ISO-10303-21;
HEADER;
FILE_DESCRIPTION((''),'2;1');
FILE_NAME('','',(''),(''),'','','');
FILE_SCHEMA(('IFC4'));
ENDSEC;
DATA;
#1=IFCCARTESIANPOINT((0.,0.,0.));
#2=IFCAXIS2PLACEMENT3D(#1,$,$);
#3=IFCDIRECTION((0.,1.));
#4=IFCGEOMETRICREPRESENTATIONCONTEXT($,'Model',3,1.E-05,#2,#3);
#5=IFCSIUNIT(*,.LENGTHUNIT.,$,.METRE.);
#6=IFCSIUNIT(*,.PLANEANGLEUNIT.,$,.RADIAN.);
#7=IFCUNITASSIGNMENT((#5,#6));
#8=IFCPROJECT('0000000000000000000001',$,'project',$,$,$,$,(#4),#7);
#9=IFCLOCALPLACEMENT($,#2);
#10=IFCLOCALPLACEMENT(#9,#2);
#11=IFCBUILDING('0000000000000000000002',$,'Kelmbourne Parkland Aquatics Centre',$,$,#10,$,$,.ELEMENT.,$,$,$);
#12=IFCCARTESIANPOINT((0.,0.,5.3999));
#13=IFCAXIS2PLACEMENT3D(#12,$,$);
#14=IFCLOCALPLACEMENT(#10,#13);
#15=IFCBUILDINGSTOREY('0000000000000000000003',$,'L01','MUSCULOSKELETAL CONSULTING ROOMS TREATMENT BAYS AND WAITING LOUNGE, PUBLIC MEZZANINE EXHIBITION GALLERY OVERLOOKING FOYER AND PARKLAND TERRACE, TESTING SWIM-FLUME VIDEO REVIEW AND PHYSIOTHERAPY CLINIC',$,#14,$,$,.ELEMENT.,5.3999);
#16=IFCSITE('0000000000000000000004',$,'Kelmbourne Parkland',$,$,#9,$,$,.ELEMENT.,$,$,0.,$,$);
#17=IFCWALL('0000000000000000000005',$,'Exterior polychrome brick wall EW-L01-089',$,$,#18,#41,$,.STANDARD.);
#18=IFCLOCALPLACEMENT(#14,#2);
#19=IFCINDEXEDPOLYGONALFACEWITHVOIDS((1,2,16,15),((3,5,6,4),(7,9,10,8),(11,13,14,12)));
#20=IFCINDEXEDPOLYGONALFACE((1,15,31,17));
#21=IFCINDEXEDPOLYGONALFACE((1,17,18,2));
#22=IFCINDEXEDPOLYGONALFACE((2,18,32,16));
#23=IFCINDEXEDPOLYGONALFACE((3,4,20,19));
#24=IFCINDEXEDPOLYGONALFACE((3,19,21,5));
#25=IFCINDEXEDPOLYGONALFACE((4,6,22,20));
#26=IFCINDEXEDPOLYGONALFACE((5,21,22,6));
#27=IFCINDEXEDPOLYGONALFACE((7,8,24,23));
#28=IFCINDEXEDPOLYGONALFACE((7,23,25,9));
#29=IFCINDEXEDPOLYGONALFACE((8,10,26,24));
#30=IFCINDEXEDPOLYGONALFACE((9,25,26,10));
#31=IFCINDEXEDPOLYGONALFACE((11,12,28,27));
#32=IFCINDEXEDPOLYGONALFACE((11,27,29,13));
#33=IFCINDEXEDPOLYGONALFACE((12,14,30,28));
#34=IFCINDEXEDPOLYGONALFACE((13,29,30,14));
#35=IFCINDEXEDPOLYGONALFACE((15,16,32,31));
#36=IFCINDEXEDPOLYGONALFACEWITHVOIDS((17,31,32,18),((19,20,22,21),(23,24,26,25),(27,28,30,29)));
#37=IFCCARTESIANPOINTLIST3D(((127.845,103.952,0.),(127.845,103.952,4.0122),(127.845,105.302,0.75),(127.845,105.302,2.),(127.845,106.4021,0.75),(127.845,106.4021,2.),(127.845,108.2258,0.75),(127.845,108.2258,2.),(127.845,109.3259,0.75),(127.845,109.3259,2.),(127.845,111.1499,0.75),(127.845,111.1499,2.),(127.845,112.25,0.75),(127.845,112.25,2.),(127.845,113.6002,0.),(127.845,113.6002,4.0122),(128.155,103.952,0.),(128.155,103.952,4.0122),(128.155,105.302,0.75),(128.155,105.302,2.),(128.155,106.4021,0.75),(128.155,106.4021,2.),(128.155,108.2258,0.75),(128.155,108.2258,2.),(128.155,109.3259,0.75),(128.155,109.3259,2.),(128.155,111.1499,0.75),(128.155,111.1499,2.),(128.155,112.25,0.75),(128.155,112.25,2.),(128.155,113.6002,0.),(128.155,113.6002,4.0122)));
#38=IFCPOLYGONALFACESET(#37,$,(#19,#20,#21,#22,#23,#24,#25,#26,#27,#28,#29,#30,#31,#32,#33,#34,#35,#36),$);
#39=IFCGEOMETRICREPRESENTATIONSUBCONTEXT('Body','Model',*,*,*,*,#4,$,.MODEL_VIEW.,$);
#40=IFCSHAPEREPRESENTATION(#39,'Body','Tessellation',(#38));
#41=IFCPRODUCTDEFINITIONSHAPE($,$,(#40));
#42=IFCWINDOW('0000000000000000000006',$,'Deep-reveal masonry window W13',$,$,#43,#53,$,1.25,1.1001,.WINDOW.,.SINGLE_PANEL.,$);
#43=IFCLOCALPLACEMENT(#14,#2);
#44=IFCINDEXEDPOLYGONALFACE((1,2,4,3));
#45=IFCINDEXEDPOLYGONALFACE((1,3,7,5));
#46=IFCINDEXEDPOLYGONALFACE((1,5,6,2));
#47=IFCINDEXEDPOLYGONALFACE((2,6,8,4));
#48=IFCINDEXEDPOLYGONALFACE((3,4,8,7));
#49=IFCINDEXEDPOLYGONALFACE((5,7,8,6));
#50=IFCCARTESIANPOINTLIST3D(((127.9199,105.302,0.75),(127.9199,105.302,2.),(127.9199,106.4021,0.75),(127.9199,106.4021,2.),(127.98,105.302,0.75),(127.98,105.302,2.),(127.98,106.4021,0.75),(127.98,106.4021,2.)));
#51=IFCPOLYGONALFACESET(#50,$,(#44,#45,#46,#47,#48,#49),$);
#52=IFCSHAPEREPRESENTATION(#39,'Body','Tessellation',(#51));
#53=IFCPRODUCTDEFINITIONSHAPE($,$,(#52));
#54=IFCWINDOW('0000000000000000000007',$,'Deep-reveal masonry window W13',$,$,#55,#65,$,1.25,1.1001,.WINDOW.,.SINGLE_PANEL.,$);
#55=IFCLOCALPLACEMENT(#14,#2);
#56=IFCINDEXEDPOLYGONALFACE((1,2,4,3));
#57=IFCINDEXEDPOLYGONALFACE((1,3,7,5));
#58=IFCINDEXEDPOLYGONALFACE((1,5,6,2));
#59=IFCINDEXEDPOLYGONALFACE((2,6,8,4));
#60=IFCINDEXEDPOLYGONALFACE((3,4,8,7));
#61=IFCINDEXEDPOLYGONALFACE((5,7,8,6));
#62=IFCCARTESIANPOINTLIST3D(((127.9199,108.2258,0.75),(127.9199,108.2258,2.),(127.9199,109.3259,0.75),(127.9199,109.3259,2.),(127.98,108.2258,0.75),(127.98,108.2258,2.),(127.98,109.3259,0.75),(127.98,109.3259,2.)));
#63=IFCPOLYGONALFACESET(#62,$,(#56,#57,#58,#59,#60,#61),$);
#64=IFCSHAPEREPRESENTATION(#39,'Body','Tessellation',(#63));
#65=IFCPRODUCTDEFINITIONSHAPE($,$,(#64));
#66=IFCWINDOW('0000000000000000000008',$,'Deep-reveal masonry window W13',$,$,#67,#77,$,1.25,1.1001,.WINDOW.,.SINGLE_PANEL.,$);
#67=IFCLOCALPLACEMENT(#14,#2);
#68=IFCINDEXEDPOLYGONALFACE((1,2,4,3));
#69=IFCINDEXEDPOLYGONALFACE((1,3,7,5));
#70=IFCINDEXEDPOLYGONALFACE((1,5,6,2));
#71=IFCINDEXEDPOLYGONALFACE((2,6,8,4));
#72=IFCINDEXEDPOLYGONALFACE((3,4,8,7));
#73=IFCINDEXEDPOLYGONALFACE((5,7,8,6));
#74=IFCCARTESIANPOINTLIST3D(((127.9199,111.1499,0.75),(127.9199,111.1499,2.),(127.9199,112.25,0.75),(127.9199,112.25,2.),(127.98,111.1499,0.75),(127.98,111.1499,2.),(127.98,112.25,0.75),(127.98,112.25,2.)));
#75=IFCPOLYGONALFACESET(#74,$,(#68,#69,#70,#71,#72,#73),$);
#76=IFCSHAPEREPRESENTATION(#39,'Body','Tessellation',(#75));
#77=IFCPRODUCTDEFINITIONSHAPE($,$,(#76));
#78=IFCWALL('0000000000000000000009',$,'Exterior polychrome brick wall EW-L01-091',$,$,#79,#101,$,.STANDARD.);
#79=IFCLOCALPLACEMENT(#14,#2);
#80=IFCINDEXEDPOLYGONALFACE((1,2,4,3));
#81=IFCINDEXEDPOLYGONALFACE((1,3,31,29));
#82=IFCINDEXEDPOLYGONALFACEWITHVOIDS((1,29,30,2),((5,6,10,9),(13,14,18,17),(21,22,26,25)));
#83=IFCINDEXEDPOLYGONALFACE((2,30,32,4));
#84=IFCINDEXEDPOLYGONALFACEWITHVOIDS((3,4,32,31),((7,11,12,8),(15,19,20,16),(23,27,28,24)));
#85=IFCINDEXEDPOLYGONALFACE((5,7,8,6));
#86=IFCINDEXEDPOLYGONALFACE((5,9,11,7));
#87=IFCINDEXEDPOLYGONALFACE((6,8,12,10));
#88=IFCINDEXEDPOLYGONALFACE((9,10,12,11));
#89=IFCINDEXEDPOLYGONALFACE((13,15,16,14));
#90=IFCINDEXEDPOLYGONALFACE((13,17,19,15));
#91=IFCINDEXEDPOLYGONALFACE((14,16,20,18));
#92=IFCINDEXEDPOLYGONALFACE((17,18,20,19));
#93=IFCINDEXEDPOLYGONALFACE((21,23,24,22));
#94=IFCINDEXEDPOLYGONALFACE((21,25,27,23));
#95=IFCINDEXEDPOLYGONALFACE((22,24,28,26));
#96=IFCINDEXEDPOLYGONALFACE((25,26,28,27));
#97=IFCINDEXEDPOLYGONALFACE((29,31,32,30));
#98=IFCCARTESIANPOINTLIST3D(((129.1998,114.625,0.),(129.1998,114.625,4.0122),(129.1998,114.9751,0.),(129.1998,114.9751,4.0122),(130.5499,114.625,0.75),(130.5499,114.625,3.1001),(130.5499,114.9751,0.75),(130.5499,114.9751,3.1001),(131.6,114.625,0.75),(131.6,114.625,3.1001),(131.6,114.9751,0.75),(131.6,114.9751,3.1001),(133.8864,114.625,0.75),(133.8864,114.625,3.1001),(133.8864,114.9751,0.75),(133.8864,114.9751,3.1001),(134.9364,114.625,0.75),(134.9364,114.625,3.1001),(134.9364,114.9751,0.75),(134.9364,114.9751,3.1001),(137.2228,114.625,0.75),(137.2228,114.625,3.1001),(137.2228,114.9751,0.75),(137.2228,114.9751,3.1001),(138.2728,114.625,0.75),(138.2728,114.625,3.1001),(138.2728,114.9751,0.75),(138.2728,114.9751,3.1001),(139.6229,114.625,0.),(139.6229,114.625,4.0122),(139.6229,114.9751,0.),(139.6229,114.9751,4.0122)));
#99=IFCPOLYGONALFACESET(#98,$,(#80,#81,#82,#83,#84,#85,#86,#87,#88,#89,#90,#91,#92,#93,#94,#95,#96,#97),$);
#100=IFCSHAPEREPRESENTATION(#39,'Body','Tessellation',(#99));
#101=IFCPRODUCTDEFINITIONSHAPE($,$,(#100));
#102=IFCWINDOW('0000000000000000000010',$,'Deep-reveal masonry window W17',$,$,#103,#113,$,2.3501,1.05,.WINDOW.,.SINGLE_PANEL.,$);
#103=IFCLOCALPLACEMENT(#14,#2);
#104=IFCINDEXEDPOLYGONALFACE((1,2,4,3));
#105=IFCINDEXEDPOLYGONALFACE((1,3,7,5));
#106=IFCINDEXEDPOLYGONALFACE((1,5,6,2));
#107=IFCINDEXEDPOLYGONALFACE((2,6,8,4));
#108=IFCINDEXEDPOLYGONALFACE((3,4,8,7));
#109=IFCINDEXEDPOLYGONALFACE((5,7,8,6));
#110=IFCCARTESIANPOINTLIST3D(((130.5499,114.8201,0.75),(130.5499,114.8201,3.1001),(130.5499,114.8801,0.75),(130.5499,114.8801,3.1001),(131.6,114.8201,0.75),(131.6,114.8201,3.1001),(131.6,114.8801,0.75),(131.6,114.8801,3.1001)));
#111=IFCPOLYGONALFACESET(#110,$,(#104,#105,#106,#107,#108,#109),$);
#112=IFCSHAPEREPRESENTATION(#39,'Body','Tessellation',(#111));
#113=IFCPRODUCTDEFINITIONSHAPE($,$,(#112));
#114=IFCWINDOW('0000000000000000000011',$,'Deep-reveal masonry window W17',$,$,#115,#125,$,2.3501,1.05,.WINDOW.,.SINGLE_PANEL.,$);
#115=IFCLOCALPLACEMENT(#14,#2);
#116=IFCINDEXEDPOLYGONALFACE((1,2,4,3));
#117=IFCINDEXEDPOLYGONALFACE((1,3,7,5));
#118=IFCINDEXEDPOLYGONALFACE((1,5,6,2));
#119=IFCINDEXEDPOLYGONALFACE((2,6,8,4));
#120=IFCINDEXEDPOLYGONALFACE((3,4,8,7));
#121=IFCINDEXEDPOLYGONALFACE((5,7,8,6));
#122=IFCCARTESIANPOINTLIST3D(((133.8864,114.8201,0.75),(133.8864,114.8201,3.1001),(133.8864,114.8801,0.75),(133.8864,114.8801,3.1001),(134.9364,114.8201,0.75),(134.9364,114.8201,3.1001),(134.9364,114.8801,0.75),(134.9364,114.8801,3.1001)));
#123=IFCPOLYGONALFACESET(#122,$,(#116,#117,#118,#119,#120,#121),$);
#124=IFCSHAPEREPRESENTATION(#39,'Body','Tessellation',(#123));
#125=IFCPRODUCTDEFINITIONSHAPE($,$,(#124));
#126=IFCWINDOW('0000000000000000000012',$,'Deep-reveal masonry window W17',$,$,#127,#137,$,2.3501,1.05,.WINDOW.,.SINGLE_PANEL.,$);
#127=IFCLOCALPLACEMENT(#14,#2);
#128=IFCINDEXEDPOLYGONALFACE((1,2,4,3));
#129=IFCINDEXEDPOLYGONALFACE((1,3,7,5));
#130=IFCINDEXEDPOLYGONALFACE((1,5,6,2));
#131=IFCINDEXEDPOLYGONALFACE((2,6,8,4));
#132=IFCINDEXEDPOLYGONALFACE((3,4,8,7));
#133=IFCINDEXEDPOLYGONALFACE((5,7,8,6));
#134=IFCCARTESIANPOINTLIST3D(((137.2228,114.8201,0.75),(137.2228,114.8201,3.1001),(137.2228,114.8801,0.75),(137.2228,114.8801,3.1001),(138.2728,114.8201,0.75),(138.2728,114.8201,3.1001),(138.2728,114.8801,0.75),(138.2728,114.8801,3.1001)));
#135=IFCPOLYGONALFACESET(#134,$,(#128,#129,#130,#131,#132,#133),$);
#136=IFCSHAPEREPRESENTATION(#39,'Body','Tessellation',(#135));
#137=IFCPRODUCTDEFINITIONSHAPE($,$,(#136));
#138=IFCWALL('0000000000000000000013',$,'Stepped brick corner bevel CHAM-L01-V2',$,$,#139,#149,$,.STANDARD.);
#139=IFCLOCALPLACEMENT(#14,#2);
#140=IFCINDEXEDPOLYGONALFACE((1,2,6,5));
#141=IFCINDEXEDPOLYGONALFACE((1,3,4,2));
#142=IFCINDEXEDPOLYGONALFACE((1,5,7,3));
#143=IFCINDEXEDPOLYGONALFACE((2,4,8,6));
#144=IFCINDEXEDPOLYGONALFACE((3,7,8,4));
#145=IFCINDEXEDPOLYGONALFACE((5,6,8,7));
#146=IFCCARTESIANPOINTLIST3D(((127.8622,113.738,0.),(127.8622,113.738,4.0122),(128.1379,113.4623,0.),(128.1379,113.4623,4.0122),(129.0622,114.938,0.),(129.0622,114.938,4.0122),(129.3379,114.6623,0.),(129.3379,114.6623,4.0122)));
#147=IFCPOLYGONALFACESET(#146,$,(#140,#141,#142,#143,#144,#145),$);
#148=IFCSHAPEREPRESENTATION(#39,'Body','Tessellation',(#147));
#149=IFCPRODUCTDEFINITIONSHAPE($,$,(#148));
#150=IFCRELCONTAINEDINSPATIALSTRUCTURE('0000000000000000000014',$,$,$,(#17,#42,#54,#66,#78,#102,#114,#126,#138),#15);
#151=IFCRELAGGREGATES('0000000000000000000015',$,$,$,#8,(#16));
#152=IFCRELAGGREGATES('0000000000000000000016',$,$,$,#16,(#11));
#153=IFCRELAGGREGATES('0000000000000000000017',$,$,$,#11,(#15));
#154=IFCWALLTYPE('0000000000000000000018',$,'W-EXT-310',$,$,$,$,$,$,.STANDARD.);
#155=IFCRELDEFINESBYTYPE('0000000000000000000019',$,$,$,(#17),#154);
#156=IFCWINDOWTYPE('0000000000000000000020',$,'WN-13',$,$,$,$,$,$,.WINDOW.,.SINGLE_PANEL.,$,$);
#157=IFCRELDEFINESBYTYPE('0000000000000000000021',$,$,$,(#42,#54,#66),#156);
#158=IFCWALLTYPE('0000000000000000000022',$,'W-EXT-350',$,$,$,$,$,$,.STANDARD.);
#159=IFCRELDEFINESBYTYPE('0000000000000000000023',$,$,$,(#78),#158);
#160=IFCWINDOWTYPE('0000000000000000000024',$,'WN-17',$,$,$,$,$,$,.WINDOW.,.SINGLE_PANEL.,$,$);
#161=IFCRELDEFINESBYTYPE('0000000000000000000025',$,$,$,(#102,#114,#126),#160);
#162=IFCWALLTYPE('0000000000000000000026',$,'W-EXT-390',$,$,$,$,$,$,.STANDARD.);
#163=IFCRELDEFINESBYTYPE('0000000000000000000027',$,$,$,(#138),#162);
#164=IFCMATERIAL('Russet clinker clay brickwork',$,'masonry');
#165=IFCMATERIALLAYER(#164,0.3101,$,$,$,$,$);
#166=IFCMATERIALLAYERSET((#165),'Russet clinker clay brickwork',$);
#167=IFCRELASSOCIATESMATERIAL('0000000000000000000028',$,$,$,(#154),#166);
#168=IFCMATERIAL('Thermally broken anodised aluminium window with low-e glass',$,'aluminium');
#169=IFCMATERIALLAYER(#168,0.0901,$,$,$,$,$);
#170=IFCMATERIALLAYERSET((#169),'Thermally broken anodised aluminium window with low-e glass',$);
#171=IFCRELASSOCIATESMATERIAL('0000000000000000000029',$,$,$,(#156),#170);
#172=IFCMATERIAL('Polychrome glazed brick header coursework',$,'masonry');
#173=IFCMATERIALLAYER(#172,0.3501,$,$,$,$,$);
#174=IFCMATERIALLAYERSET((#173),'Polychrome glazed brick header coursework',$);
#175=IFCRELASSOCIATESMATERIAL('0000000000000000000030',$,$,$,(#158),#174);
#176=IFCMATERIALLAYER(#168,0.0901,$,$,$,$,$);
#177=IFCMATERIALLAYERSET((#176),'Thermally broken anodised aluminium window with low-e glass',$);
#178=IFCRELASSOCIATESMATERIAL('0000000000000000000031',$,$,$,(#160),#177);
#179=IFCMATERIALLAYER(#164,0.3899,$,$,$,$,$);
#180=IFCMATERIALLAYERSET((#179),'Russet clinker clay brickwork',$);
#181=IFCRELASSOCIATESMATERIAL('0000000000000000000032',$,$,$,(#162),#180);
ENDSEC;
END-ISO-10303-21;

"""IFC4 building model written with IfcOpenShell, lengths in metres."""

from ifc_helpers import new_model, si_unit, direction, frame, frame_2d, origin, place, context, subcontext, project, spatial, rectangle, extrude, material, layer, layer_set, type_object, element, fill, save


model = new_model("IFC4")

# Units and contexts
model_context = context("Model", 3, precision=1e-05, world=origin(), true_north=direction((0.0, 1.0)))
body_context = subcontext(model_context, "Body", "Model", "MODEL_VIEW")
ifc_project = project(units=[si_unit("LENGTHUNIT", "METRE"), si_unit("PLANEANGLEUNIT", "RADIAN")], contexts=[model_context])

# Site, building, storey
site_placement = place(None, origin())
site = spatial("IfcSite", under=ifc_project, at=site_placement, Name="Kelmbourne Parkland", CompositionType="ELEMENT", RefElevation=0.0)
building_placement = place(site_placement, origin())
building = spatial("IfcBuilding", under=site, at=building_placement, Name="Kelmbourne Parkland Aquatics Centre", CompositionType="ELEMENT")
storey_placement = place(building_placement, frame((0.0, 0.0, 5.3999)))
storey = spatial("IfcBuildingStorey", under=building, at=storey_placement, Name="L01", Description="MUSCULOSKELETAL CONSULTING ROOMS TREATMENT BAYS AND WAITING LOUNGE, PUBLIC MEZZANINE EXHIBITION GALLERY OVERLOOKING FOYER AND PARKLAND TERRACE, TESTING SWIM-FLUME VIDEO REVIEW AND PHYSIOTHERAPY CLINIC", CompositionType="ELEMENT", Elevation=5.3999)

# Walls, openings, windows
ifc_material_1 = material(Name="Russet clinker clay brickwork", Category="masonry")
ifc_layer_1 = layer(ifc_material_1, 0.3101)
ifc_layer_set_1 = layer_set([ifc_layer_1], Name="Russet clinker clay brickwork")
wall_type_1 = type_object("IfcWallType", Name="W-EXT-310", PredefinedType="STANDARD", material=ifc_layer_set_1)
ifc_material_2 = material(Name="Thermally broken anodised aluminium window with low-e glass", Category="aluminium")
wall_1_placement = place(storey_placement, frame((128.0, 103.9519, 0.0), z_axis=(0.0, 0.0, 1.0), x_axis=(0.0, 1.0, 0.0)))
wall_1 = element("IfcWall", 1, at=wall_1_placement, inside=storey, type_object=wall_type_1, Name="Exterior polychrome brick wall EW-L01-089", PredefinedType="STANDARD", context=body_context, shape_type="SweptSolid", body=[
    extrude(rectangle(XDim=9.6482, YDim=0.3101, at=frame_2d((4.8242, 0.0))), origin(), (0.0, 0.0, 1.0), 4.0122),
])
opening_1_placement = place(wall_1_placement, frame((1.3501, 0.0, 0.75)))
opening_1 = element("IfcOpeningElement", 2, at=opening_1_placement, cuts=wall_1, PredefinedType="OPENING", context=body_context, shape_type="SweptSolid", body=[
    extrude(rectangle(XDim=1.1001, YDim=1.25, at=frame_2d((0.55, 0.625))), frame((0.0, 0.167, 0.0), z_axis=(0.0, -1.0, 0.0), x_axis=(1.0, 0.0, 0.0)), (0.0, 0.0, 1.0), 0.334),
])
opening_2_placement = place(wall_1_placement, frame((4.2739, 0.0, 0.75)))
opening_2 = element("IfcOpeningElement", 3, at=opening_2_placement, cuts=wall_1, PredefinedType="OPENING", context=body_context, shape_type="SweptSolid", body=[
    extrude(rectangle(XDim=1.1001, YDim=1.25, at=frame_2d((0.55, 0.625))), frame((0.0, 0.167, 0.0), z_axis=(0.0, -1.0, 0.0), x_axis=(1.0, 0.0, 0.0)), (0.0, 0.0, 1.0), 0.334),
])
opening_3_placement = place(wall_1_placement, frame((7.198, 0.0, 0.75)))
opening_3 = element("IfcOpeningElement", 4, at=opening_3_placement, cuts=wall_1, PredefinedType="OPENING", context=body_context, shape_type="SweptSolid", body=[
    extrude(rectangle(XDim=1.1001, YDim=1.25, at=frame_2d((0.55, 0.625))), frame((0.0, 0.167, 0.0), z_axis=(0.0, -1.0, 0.0), x_axis=(1.0, 0.0, 0.0)), (0.0, 0.0, 1.0), 0.334),
])
ifc_layer_2 = layer(ifc_material_2, 0.0901)
ifc_layer_set_2 = layer_set([ifc_layer_2], Name="Thermally broken anodised aluminium window with low-e glass")
window_type_1 = type_object("IfcWindowType", Name="WN-13", PartitioningType="SINGLE_PANEL", PredefinedType="WINDOW", material=ifc_layer_set_2)
window_1_placement = place(opening_1_placement, origin())
window_1 = element("IfcWindow", 5, at=window_1_placement, inside=storey, type_object=window_type_1, Name="Deep-reveal masonry window W13", OverallHeight=1.25, OverallWidth=1.1001, PartitioningType="SINGLE_PANEL", PredefinedType="WINDOW", context=body_context, shape_type="SweptSolid", body=[
    extrude(rectangle(XDim=1.1001, YDim=1.25, at=frame_2d((0.55, 0.625))), frame((0.0, 0.0801, 0.0), z_axis=(0.0, -1.0, 0.0), x_axis=(1.0, 0.0, 0.0)), (0.0, 0.0, 1.0), 0.0601),
])
fill(opening_1, window_1)
window_2_placement = place(opening_2_placement, origin())
window_2 = element("IfcWindow", 6, at=window_2_placement, inside=storey, type_object=window_type_1, Name="Deep-reveal masonry window W13", OverallHeight=1.25, OverallWidth=1.1001, PartitioningType="SINGLE_PANEL", PredefinedType="WINDOW", context=body_context, shape_type="SweptSolid", body=[
    extrude(rectangle(XDim=1.1001, YDim=1.25, at=frame_2d((0.55, 0.625))), frame((0.0, 0.0801, 0.0), z_axis=(0.0, -1.0, 0.0), x_axis=(1.0, 0.0, 0.0)), (0.0, 0.0, 1.0), 0.0601),
])
fill(opening_2, window_2)
window_3_placement = place(opening_3_placement, origin())
window_3 = element("IfcWindow", 7, at=window_3_placement, inside=storey, type_object=window_type_1, Name="Deep-reveal masonry window W13", OverallHeight=1.25, OverallWidth=1.1001, PartitioningType="SINGLE_PANEL", PredefinedType="WINDOW", context=body_context, shape_type="SweptSolid", body=[
    extrude(rectangle(XDim=1.1001, YDim=1.25, at=frame_2d((0.55, 0.625))), frame((0.0, 0.0801, 0.0), z_axis=(0.0, -1.0, 0.0), x_axis=(1.0, 0.0, 0.0)), (0.0, 0.0, 1.0), 0.0601),
])
fill(opening_3, window_3)
ifc_material_3 = material(Name="Polychrome glazed brick header coursework", Category="masonry")
ifc_layer_3 = layer(ifc_material_3, 0.3501)
ifc_layer_set_3 = layer_set([ifc_layer_3], Name="Polychrome glazed brick header coursework")
wall_type_2 = type_object("IfcWallType", Name="W-EXT-350", PredefinedType="STANDARD", material=ifc_layer_set_3)
wall_2_placement = place(storey_placement, frame((129.2, 114.8, 0.0), z_axis=(0.0, 0.0, 1.0), x_axis=(1.0, 0.0, 0.0)))
wall_2 = element("IfcWall", 8, at=wall_2_placement, inside=storey, type_object=wall_type_2, Name="Exterior polychrome brick wall EW-L01-091", PredefinedType="STANDARD", context=body_context, shape_type="SweptSolid", body=[
    extrude(rectangle(XDim=10.4231, YDim=0.3501, at=frame_2d((5.2114, 0.0))), origin(), (0.0, 0.0, 1.0), 4.0122),
])
opening_4_placement = place(wall_2_placement, frame((1.3501, 0.0, 0.75)))
opening_4 = element("IfcOpeningElement", 9, at=opening_4_placement, cuts=wall_2, PredefinedType="OPENING", context=body_context, shape_type="SweptSolid", body=[
    extrude(rectangle(XDim=1.05, YDim=2.3501, at=frame_2d((0.5249, 1.175))), frame((0.0, 0.187, 0.0), z_axis=(0.0, -1.0, 0.0), x_axis=(1.0, 0.0, 0.0)), (0.0, 0.0, 1.0), 0.374),
])
opening_5_placement = place(wall_2_placement, frame((4.6865, 0.0, 0.75)))
opening_5 = element("IfcOpeningElement", 10, at=opening_5_placement, cuts=wall_2, PredefinedType="OPENING", context=body_context, shape_type="SweptSolid", body=[
    extrude(rectangle(XDim=1.05, YDim=2.3501, at=frame_2d((0.5249, 1.175))), frame((0.0, 0.187, 0.0), z_axis=(0.0, -1.0, 0.0), x_axis=(1.0, 0.0, 0.0)), (0.0, 0.0, 1.0), 0.374),
])
opening_6_placement = place(wall_2_placement, frame((8.0229, 0.0, 0.75)))
opening_6 = element("IfcOpeningElement", 11, at=opening_6_placement, cuts=wall_2, PredefinedType="OPENING", context=body_context, shape_type="SweptSolid", body=[
    extrude(rectangle(XDim=1.05, YDim=2.3501, at=frame_2d((0.5249, 1.175))), frame((0.0, 0.187, 0.0), z_axis=(0.0, -1.0, 0.0), x_axis=(1.0, 0.0, 0.0)), (0.0, 0.0, 1.0), 0.374),
])
ifc_layer_4 = layer(ifc_material_2, 0.0901)
ifc_layer_set_4 = layer_set([ifc_layer_4], Name="Thermally broken anodised aluminium window with low-e glass")
window_type_2 = type_object("IfcWindowType", Name="WN-17", PartitioningType="SINGLE_PANEL", PredefinedType="WINDOW", material=ifc_layer_set_4)
window_4_placement = place(opening_4_placement, origin())
window_4 = element("IfcWindow", 12, at=window_4_placement, inside=storey, type_object=window_type_2, Name="Deep-reveal masonry window W17", OverallHeight=2.3501, OverallWidth=1.05, PartitioningType="SINGLE_PANEL", PredefinedType="WINDOW", context=body_context, shape_type="SweptSolid", body=[
    extrude(rectangle(XDim=1.05, YDim=2.3501, at=frame_2d((0.5249, 1.175))), frame((0.0, 0.0801, 0.0), z_axis=(0.0, -1.0, 0.0), x_axis=(1.0, 0.0, 0.0)), (0.0, 0.0, 1.0), 0.0601),
])
fill(opening_4, window_4)
window_5_placement = place(opening_5_placement, origin())
window_5 = element("IfcWindow", 13, at=window_5_placement, inside=storey, type_object=window_type_2, Name="Deep-reveal masonry window W17", OverallHeight=2.3501, OverallWidth=1.05, PartitioningType="SINGLE_PANEL", PredefinedType="WINDOW", context=body_context, shape_type="SweptSolid", body=[
    extrude(rectangle(XDim=1.05, YDim=2.3501, at=frame_2d((0.5249, 1.175))), frame((0.0, 0.0801, 0.0), z_axis=(0.0, -1.0, 0.0), x_axis=(1.0, 0.0, 0.0)), (0.0, 0.0, 1.0), 0.0601),
])
fill(opening_5, window_5)
window_6_placement = place(opening_6_placement, origin())
window_6 = element("IfcWindow", 14, at=window_6_placement, inside=storey, type_object=window_type_2, Name="Deep-reveal masonry window W17", OverallHeight=2.3501, OverallWidth=1.05, PartitioningType="SINGLE_PANEL", PredefinedType="WINDOW", context=body_context, shape_type="SweptSolid", body=[
    extrude(rectangle(XDim=1.05, YDim=2.3501, at=frame_2d((0.5249, 1.175))), frame((0.0, 0.0801, 0.0), z_axis=(0.0, -1.0, 0.0), x_axis=(1.0, 0.0, 0.0)), (0.0, 0.0, 1.0), 0.0601),
])
fill(opening_6, window_6)

# Wall
ifc_layer_5 = layer(ifc_material_1, 0.3899)
ifc_layer_set_5 = layer_set([ifc_layer_5], Name="Russet clinker clay brickwork")
wall_type_3 = type_object("IfcWallType", Name="W-EXT-390", PredefinedType="STANDARD", material=ifc_layer_set_5)
wall_3_placement = place(storey_placement, frame((128.0, 113.6001, 0.0), z_axis=(0.0, 0.0, 1.0), x_axis=(0.707107, 0.707107, 0.0)))
element("IfcWall", 15, at=wall_3_placement, inside=storey, type_object=wall_type_3, Name="Stepped brick corner bevel CHAM-L01-V2", PredefinedType="STANDARD", context=body_context, shape_type="SweptSolid", body=[
    extrude(rectangle(XDim=1.697, YDim=0.3899, at=frame_2d((0.8486, 0.0))), origin(), (0.0, 0.0, 1.0), 4.0122),
])

save(model, "model.ifc")
